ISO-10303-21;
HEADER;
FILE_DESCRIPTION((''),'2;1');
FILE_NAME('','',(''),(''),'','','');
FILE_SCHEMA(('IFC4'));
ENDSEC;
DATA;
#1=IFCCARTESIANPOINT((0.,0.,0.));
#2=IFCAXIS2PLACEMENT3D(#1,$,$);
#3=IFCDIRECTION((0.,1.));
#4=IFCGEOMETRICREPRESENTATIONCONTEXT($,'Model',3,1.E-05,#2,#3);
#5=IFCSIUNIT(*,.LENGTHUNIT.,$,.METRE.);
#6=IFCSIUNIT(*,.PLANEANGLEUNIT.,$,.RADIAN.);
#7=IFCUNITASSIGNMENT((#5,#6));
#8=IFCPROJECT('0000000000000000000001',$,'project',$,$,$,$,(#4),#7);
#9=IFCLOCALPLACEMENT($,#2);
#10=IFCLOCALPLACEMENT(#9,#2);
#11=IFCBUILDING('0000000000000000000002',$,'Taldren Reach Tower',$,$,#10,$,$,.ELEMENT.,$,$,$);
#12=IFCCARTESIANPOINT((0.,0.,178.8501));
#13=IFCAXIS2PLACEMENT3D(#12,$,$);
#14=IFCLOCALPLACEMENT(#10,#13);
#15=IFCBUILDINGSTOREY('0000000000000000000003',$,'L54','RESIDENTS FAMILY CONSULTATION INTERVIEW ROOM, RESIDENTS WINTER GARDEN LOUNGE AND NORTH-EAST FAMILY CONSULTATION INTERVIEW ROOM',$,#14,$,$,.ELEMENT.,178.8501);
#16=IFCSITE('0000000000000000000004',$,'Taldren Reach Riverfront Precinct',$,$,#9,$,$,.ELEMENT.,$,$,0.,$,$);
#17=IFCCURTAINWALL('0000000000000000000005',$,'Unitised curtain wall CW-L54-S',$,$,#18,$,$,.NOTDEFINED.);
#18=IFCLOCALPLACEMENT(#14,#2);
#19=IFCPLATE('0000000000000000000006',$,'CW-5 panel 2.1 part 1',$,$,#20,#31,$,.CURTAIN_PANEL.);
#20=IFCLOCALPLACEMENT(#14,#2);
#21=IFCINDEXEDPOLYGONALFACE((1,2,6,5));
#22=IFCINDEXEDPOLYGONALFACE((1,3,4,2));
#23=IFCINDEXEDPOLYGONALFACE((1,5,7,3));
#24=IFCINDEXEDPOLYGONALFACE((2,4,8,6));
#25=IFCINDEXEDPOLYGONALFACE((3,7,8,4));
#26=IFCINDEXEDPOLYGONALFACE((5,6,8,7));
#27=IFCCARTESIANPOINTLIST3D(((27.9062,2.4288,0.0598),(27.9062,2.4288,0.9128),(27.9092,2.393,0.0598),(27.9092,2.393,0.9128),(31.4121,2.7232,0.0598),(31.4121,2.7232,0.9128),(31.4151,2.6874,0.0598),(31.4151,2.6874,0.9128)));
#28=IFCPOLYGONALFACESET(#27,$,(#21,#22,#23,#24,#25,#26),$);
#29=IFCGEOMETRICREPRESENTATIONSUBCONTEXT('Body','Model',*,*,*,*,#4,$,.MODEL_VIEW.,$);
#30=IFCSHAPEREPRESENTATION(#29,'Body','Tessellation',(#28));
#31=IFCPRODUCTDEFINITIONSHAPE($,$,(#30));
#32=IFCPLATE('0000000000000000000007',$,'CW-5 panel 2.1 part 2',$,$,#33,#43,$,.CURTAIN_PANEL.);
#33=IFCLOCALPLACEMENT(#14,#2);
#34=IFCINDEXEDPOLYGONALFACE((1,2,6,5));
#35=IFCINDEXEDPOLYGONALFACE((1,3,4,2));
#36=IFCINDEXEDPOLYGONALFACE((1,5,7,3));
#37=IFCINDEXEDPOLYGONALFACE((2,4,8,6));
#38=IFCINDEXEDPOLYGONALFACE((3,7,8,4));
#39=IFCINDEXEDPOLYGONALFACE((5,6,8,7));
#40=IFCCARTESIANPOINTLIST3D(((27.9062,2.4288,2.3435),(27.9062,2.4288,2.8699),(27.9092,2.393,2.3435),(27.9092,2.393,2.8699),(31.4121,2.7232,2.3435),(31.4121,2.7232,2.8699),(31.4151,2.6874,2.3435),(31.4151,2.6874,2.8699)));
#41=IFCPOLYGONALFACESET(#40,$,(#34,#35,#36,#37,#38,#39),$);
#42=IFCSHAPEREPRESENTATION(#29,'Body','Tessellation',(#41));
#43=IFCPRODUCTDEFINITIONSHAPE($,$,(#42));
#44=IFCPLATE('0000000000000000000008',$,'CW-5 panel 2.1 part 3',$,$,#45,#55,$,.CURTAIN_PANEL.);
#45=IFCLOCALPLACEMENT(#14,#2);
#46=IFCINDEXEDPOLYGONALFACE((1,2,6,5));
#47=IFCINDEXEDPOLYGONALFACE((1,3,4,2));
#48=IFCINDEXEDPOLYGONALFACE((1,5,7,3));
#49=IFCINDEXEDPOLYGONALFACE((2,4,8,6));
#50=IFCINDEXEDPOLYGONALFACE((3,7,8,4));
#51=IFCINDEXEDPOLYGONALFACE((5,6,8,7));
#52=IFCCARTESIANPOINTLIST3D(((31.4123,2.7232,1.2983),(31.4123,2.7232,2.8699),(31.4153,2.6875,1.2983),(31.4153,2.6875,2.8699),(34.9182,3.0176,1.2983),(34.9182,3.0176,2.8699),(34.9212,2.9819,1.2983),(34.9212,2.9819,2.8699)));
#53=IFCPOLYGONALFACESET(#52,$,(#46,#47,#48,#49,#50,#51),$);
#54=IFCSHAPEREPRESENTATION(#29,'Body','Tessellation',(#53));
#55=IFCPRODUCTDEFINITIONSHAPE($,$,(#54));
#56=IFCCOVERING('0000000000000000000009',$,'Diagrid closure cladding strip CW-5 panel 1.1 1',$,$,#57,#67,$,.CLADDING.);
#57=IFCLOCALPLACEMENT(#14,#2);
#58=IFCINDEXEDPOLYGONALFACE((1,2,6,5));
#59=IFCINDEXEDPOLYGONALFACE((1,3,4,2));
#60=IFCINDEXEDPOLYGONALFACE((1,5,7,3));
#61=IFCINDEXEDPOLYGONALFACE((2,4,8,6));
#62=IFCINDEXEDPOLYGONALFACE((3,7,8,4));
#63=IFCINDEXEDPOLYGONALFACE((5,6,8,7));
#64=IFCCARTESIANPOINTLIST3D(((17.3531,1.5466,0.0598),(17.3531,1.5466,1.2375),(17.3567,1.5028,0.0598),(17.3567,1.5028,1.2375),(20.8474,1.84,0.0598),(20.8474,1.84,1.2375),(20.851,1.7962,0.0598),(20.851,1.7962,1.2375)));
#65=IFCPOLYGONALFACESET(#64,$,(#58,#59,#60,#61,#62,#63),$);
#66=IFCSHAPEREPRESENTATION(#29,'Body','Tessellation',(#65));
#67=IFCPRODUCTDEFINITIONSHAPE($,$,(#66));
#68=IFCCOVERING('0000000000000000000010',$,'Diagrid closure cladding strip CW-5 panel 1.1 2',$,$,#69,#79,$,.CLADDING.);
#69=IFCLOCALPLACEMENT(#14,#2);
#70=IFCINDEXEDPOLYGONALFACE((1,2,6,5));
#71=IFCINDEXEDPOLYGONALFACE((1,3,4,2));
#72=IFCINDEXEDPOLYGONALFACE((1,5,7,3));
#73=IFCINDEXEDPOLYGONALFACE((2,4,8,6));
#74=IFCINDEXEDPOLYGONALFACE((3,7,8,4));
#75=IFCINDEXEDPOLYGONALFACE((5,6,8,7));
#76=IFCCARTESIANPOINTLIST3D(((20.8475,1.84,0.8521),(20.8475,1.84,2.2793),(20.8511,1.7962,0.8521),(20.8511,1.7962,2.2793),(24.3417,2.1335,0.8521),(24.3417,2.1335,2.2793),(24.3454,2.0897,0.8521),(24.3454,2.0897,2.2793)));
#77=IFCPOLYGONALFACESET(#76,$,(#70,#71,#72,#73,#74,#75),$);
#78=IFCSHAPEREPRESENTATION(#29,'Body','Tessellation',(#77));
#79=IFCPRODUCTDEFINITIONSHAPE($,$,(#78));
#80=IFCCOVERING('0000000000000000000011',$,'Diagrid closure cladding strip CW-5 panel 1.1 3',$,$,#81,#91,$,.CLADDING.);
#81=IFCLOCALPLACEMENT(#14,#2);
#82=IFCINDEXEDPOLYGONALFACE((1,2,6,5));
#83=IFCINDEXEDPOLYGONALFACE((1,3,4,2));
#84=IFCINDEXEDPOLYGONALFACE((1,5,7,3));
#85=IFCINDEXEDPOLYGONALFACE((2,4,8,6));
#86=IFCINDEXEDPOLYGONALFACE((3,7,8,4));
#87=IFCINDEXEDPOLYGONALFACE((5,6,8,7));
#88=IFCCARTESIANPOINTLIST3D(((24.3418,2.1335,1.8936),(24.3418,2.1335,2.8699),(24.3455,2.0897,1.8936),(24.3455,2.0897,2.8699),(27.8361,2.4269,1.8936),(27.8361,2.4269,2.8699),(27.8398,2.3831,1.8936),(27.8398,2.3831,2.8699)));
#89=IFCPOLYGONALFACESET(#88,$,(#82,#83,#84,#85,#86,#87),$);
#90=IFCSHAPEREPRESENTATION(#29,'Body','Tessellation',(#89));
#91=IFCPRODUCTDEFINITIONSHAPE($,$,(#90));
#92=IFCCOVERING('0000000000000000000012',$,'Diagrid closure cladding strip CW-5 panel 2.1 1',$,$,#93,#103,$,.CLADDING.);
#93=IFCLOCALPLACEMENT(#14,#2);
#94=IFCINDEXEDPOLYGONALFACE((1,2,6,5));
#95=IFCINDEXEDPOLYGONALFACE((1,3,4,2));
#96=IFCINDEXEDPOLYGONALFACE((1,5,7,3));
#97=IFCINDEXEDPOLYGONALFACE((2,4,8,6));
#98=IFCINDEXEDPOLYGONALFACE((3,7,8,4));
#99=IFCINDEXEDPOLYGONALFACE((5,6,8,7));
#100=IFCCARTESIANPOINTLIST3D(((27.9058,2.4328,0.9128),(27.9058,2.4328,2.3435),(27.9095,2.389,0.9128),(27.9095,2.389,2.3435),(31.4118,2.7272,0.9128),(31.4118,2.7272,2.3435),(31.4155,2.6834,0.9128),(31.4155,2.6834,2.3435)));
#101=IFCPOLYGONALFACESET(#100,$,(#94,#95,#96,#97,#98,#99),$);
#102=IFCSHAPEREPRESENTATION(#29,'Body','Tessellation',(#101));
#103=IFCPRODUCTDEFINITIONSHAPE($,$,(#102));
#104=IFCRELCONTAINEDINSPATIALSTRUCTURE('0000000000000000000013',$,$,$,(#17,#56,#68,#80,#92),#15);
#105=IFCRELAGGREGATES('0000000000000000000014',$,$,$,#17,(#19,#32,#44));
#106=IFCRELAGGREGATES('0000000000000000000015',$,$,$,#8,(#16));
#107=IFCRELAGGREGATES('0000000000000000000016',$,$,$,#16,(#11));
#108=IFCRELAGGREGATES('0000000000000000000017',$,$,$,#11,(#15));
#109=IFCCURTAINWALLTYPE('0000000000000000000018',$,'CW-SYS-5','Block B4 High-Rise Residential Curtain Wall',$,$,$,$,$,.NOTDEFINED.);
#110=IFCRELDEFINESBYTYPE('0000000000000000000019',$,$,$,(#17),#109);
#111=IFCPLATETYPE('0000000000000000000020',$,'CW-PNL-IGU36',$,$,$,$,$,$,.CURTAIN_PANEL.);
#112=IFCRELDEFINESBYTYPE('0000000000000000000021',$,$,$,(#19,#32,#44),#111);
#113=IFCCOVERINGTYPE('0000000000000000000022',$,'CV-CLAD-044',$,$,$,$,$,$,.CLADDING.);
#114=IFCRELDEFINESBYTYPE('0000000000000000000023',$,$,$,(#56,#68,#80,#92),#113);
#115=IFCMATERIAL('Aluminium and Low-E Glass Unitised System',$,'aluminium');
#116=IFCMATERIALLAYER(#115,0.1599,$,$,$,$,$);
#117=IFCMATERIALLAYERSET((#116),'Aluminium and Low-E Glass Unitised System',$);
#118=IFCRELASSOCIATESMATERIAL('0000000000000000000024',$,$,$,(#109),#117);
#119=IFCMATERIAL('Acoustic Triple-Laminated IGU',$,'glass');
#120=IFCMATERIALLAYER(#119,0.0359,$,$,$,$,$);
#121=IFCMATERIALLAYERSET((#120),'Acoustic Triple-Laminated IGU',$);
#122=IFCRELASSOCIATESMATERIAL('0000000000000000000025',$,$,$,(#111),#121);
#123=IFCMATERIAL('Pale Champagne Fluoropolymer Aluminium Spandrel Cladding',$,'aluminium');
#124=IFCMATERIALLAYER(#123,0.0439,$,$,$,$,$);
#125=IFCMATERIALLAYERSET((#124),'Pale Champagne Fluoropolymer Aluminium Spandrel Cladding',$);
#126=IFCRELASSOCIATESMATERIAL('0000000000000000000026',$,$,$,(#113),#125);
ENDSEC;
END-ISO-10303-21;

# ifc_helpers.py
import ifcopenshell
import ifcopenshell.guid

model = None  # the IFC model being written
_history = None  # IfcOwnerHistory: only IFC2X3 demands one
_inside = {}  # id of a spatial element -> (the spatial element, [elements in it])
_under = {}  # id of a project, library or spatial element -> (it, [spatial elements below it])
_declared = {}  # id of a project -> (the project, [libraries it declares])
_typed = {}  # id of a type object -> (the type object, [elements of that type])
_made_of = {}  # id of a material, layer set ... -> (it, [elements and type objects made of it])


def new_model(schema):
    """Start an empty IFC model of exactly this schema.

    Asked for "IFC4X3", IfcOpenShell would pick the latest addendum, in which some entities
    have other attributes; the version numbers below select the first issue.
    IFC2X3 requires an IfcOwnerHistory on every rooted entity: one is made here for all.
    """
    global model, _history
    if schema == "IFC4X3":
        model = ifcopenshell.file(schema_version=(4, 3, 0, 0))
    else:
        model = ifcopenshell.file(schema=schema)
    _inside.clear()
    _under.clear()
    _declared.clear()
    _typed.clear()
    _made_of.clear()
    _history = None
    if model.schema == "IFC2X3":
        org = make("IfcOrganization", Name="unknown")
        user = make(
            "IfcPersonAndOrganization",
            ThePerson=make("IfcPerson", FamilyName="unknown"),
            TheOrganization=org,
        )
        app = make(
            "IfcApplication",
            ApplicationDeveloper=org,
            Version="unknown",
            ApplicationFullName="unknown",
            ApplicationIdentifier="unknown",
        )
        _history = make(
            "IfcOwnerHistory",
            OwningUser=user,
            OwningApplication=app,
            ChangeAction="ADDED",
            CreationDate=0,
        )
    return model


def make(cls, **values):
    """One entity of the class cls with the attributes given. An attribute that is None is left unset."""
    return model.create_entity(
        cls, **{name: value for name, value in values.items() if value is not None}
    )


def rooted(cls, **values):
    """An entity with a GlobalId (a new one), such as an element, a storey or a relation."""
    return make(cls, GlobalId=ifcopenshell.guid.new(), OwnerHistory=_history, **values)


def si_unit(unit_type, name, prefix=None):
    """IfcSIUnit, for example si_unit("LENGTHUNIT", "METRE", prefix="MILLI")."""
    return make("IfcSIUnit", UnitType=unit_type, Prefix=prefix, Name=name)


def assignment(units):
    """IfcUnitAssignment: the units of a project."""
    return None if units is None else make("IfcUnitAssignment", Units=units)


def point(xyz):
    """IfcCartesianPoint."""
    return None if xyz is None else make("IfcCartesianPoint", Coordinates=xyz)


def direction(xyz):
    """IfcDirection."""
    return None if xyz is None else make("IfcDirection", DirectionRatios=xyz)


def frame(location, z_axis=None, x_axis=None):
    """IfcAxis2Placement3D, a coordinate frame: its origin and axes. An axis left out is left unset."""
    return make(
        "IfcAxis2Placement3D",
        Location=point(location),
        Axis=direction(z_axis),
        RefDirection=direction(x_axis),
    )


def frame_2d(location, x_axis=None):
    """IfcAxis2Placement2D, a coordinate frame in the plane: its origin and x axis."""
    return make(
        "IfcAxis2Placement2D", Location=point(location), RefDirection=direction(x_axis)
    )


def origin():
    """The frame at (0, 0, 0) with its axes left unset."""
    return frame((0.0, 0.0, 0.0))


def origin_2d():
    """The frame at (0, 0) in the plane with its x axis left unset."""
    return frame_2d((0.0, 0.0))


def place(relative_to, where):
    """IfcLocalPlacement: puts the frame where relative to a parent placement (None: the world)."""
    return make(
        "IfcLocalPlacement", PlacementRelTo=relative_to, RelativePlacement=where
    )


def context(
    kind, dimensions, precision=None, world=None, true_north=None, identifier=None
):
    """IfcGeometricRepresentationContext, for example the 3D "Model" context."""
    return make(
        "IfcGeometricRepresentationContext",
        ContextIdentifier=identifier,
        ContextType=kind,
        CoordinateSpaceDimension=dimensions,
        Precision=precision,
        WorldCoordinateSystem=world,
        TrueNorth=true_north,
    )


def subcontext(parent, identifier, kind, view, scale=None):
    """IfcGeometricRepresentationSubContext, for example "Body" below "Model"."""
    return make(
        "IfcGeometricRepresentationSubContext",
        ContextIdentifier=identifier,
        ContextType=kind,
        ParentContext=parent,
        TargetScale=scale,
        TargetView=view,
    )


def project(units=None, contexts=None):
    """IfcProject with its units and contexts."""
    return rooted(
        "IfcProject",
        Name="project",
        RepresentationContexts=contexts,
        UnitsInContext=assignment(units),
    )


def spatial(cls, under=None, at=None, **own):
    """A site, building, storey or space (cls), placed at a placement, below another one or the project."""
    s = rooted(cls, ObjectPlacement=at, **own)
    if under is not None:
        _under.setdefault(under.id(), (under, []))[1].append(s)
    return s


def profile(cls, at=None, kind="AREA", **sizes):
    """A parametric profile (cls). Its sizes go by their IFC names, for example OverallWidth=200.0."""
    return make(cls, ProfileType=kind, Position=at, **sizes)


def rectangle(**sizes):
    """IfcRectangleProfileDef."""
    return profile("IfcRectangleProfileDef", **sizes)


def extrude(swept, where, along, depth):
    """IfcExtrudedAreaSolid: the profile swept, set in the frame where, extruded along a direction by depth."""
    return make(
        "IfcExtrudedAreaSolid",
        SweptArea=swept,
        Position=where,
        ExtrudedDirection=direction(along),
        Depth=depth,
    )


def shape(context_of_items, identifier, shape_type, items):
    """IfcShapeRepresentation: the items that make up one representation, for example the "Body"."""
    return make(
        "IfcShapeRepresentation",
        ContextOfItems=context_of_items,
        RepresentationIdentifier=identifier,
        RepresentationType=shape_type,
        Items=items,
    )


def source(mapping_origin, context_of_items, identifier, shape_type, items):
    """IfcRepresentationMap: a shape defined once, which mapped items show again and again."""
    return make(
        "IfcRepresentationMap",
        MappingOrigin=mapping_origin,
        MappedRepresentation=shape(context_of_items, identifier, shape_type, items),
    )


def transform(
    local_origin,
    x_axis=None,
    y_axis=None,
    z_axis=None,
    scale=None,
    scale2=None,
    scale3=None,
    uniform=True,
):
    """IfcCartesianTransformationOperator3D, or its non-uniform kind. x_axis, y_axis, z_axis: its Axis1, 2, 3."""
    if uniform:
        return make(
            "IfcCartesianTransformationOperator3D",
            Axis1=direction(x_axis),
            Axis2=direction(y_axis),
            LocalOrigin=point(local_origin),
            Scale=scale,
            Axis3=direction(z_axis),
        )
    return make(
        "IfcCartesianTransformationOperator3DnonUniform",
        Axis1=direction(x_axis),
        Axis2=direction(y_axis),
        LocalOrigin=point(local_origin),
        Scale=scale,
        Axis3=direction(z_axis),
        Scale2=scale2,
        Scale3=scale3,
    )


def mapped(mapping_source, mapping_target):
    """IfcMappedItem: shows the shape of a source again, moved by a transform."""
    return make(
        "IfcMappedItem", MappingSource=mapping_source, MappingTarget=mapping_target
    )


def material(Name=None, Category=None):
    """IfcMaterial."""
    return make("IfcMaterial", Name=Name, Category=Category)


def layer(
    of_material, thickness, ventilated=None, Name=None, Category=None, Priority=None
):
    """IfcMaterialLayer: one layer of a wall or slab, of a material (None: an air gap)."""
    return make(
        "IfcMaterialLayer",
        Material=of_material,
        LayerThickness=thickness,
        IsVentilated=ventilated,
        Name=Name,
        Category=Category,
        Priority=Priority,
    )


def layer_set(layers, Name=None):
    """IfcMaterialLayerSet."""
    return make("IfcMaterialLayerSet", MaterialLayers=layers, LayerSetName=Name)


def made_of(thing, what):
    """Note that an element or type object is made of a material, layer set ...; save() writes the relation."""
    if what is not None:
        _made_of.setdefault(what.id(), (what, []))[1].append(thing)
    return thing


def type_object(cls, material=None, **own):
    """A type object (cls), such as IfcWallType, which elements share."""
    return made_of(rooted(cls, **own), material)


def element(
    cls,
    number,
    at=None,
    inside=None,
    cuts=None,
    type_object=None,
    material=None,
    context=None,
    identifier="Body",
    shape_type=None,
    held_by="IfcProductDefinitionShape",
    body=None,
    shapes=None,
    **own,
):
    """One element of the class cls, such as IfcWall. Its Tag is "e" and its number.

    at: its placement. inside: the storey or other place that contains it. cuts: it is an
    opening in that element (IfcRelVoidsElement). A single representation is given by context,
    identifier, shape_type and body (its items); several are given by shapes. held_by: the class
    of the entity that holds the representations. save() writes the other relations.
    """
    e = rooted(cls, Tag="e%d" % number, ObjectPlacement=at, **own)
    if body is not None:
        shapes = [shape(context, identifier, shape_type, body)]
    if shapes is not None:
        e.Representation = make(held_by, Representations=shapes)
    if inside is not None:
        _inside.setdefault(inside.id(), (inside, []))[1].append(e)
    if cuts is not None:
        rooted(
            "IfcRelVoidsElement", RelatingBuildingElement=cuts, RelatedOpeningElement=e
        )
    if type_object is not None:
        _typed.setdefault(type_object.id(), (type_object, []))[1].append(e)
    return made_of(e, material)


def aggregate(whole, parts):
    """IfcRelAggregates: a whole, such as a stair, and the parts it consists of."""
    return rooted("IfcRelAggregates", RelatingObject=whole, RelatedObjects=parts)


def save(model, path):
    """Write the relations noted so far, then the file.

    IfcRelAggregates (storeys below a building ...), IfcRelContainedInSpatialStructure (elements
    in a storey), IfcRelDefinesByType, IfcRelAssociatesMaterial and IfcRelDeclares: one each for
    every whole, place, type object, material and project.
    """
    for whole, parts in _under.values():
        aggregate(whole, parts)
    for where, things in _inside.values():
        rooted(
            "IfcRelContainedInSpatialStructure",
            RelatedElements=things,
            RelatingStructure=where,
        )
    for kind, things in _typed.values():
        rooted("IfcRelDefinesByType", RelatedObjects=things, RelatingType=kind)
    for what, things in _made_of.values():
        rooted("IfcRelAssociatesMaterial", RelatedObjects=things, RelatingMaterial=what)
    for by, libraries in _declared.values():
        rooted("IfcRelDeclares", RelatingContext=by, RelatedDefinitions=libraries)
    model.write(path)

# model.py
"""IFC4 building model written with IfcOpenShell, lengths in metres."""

from ifc_helpers import new_model, si_unit, direction, frame, origin, origin_2d, place, context, subcontext, project, spatial, rectangle, extrude, source, transform, mapped, material, layer, layer_set, type_object, element, aggregate, save


model = new_model("IFC4")

# Units and contexts
model_context = context("Model", 3, precision=1e-05, world=origin(), true_north=direction((0.0, 1.0)))
body_context = subcontext(model_context, "Body", "Model", "MODEL_VIEW")
ifc_project = project(units=[si_unit("LENGTHUNIT", "METRE"), si_unit("PLANEANGLEUNIT", "RADIAN")], contexts=[model_context])

# Site, building, storey
site_placement = place(None, origin())
site = spatial("IfcSite", under=ifc_project, at=site_placement, Name="Taldren Reach Riverfront Precinct", CompositionType="ELEMENT", RefElevation=0.0)
building_placement = place(site_placement, origin())
building = spatial("IfcBuilding", under=site, at=building_placement, Name="Taldren Reach Tower", CompositionType="ELEMENT")
storey_placement = place(building_placement, frame((0.0, 0.0, 178.8501)))
storey = spatial("IfcBuildingStorey", under=building, at=storey_placement, Name="L54", Description="RESIDENTS FAMILY CONSULTATION INTERVIEW ROOM, RESIDENTS WINTER GARDEN LOUNGE AND NORTH-EAST FAMILY CONSULTATION INTERVIEW ROOM", CompositionType="ELEMENT", Elevation=178.8501)

# Curtain wall
ifc_material_1 = material(Name="Aluminium and Low-E Glass Unitised System", Category="aluminium")
ifc_layer_1 = layer(ifc_material_1, 0.1599)
ifc_layer_set_1 = layer_set([ifc_layer_1], Name="Aluminium and Low-E Glass Unitised System")
curtain_wall_type = type_object("IfcCurtainWallType", Name="CW-SYS-5", Description="Block B4 High-Rise Residential Curtain Wall", PredefinedType="NOTDEFINED", material=ifc_layer_set_1)
curtain_wall_placement = place(storey_placement, origin())
curtain_wall = element("IfcCurtainWall", 1, at=curtain_wall_placement, inside=storey, type_object=curtain_wall_type, Name="Unitised curtain wall CW-L54-S", PredefinedType="NOTDEFINED")

# Plates
ifc_material_2 = material(Name="Acoustic Triple-Laminated IGU", Category="glass")
ifc_layer_2 = layer(ifc_material_2, 0.0359)
ifc_layer_set_2 = layer_set([ifc_layer_2], Name="Acoustic Triple-Laminated IGU")
plate_type_1 = type_object("IfcPlateType", Name="CW-PNL-IGU36", PredefinedType="CURTAIN_PANEL", material=ifc_layer_set_2)
shared_shape_1 = source(origin(), body_context, "Body", "SweptSolid", [
    extrude(rectangle(XDim=3.5183, YDim=0.0359, at=origin_2d()), origin(), (0.0, 0.0, 1.0), 0.853),
])
plate_1_placement = place(storey_placement, frame((29.6606, 2.5581, 0.0598), z_axis=(0.0, 0.0, 1.0), x_axis=(0.996493, 0.083678, 0.0)))
plate_1 = element("IfcPlate", 2, at=plate_1_placement, type_object=plate_type_1, Name="CW-5 panel 2.1 part 1", PredefinedType="CURTAIN_PANEL", context=body_context, shape_type="MappedRepresentation", body=[
    mapped(shared_shape_1, transform((0.0, 0.0, 0.0), scale=1.0)),
])
shared_shape_2 = source(origin(), body_context, "Body", "SweptSolid", [
    extrude(rectangle(XDim=3.5183, YDim=0.0359, at=origin_2d()), origin(), (0.0, 0.0, 1.0), 0.5264),
])
plate_2_placement = place(storey_placement, frame((29.6606, 2.5581, 2.3435), z_axis=(0.0, 0.0, 1.0), x_axis=(0.996493, 0.083678, 0.0)))
plate_2 = element("IfcPlate", 3, at=plate_2_placement, type_object=plate_type_1, Name="CW-5 panel 2.1 part 2", PredefinedType="CURTAIN_PANEL", context=body_context, shape_type="MappedRepresentation", body=[
    mapped(shared_shape_2, transform((0.0, 0.0, 0.0), scale=1.0)),
])
shared_shape_3 = source(origin(), body_context, "Body", "SweptSolid", [
    extrude(rectangle(XDim=3.5183, YDim=0.0359, at=origin_2d()), origin(), (0.0, 0.0, 1.0), 1.5715),
])
plate_3_placement = place(storey_placement, frame((33.1667, 2.8525, 1.2983), z_axis=(0.0, 0.0, 1.0), x_axis=(0.996493, 0.083678, 0.0)))
plate_3 = element("IfcPlate", 4, at=plate_3_placement, type_object=plate_type_1, Name="CW-5 panel 2.1 part 3", PredefinedType="CURTAIN_PANEL", context=body_context, shape_type="MappedRepresentation", body=[
    mapped(shared_shape_3, transform((0.0, 0.0, 0.0), scale=1.0)),
])
aggregate(curtain_wall, [plate_1, plate_2, plate_3])

# Coverings
ifc_material_3 = material(Name="Pale Champagne Fluoropolymer Aluminium Spandrel Cladding", Category="aluminium")
ifc_layer_3 = layer(ifc_material_3, 0.0439)
ifc_layer_set_3 = layer_set([ifc_layer_3], Name="Pale Champagne Fluoropolymer Aluminium Spandrel Cladding")
covering_type = type_object("IfcCoveringType", Name="CV-CLAD-044", PredefinedType="CLADDING", material=ifc_layer_set_3)
shared_shape_4 = source(origin(), body_context, "Body", "SweptSolid", [
    extrude(rectangle(XDim=3.5066, YDim=0.0439, at=origin_2d()), origin(), (0.0, 0.0, 1.0), 1.1777),
])
covering_1_placement = place(storey_placement, frame((19.1021, 1.6714, 0.0598), z_axis=(0.0, 0.0, 1.0), x_axis=(0.996493, 0.083678, 0.0)))
element("IfcCovering", 5, at=covering_1_placement, inside=storey, type_object=covering_type, Name="Diagrid closure cladding strip CW-5 panel 1.1 1", PredefinedType="CLADDING", context=body_context, shape_type="MappedRepresentation", body=[
    mapped(shared_shape_4, transform((0.0, 0.0, 0.0), scale=1.0)),
])
shared_shape_5 = source(origin(), body_context, "Body", "SweptSolid", [
    extrude(rectangle(XDim=3.5066, YDim=0.0439, at=origin_2d()), origin(), (0.0, 0.0, 1.0), 1.4272),
])
covering_2_placement = place(storey_placement, frame((22.5964, 1.9648, 0.8521), z_axis=(0.0, 0.0, 1.0), x_axis=(0.996493, 0.083678, 0.0)))
element("IfcCovering", 6, at=covering_2_placement, inside=storey, type_object=covering_type, Name="Diagrid closure cladding strip CW-5 panel 1.1 2", PredefinedType="CLADDING", context=body_context, shape_type="MappedRepresentation", body=[
    mapped(shared_shape_5, transform((0.0, 0.0, 0.0), scale=1.0)),
])
shared_shape_6 = source(origin(), body_context, "Body", "SweptSolid", [
    extrude(rectangle(XDim=3.5066, YDim=0.0439, at=origin_2d()), origin(), (0.0, 0.0, 1.0), 0.9763),
])
covering_3_placement = place(storey_placement, frame((26.0908, 2.2583, 1.8936), z_axis=(0.0, 0.0, 1.0), x_axis=(0.996493, 0.083678, 0.0)))
element("IfcCovering", 7, at=covering_3_placement, inside=storey, type_object=covering_type, Name="Diagrid closure cladding strip CW-5 panel 1.1 3", PredefinedType="CLADDING", context=body_context, shape_type="MappedRepresentation", body=[
    mapped(shared_shape_6, transform((0.0, 0.0, 0.0), scale=1.0)),
])
shared_shape_7 = source(origin(), body_context, "Body", "SweptSolid", [
    extrude(rectangle(XDim=3.5183, YDim=0.0439, at=origin_2d()), origin(), (0.0, 0.0, 1.0), 1.4307),
])
covering_4_placement = place(storey_placement, frame((29.6606, 2.5581, 0.9128), z_axis=(0.0, 0.0, 1.0), x_axis=(0.996493, 0.083678, 0.0)))
element("IfcCovering", 8, at=covering_4_placement, inside=storey, type_object=covering_type, Name="Diagrid closure cladding strip CW-5 panel 2.1 1", PredefinedType="CLADDING", context=body_context, shape_type="MappedRepresentation", body=[
    mapped(shared_shape_7, transform((0.0, 0.0, 0.0), scale=1.0)),
])

save(model, "model.ifc")
